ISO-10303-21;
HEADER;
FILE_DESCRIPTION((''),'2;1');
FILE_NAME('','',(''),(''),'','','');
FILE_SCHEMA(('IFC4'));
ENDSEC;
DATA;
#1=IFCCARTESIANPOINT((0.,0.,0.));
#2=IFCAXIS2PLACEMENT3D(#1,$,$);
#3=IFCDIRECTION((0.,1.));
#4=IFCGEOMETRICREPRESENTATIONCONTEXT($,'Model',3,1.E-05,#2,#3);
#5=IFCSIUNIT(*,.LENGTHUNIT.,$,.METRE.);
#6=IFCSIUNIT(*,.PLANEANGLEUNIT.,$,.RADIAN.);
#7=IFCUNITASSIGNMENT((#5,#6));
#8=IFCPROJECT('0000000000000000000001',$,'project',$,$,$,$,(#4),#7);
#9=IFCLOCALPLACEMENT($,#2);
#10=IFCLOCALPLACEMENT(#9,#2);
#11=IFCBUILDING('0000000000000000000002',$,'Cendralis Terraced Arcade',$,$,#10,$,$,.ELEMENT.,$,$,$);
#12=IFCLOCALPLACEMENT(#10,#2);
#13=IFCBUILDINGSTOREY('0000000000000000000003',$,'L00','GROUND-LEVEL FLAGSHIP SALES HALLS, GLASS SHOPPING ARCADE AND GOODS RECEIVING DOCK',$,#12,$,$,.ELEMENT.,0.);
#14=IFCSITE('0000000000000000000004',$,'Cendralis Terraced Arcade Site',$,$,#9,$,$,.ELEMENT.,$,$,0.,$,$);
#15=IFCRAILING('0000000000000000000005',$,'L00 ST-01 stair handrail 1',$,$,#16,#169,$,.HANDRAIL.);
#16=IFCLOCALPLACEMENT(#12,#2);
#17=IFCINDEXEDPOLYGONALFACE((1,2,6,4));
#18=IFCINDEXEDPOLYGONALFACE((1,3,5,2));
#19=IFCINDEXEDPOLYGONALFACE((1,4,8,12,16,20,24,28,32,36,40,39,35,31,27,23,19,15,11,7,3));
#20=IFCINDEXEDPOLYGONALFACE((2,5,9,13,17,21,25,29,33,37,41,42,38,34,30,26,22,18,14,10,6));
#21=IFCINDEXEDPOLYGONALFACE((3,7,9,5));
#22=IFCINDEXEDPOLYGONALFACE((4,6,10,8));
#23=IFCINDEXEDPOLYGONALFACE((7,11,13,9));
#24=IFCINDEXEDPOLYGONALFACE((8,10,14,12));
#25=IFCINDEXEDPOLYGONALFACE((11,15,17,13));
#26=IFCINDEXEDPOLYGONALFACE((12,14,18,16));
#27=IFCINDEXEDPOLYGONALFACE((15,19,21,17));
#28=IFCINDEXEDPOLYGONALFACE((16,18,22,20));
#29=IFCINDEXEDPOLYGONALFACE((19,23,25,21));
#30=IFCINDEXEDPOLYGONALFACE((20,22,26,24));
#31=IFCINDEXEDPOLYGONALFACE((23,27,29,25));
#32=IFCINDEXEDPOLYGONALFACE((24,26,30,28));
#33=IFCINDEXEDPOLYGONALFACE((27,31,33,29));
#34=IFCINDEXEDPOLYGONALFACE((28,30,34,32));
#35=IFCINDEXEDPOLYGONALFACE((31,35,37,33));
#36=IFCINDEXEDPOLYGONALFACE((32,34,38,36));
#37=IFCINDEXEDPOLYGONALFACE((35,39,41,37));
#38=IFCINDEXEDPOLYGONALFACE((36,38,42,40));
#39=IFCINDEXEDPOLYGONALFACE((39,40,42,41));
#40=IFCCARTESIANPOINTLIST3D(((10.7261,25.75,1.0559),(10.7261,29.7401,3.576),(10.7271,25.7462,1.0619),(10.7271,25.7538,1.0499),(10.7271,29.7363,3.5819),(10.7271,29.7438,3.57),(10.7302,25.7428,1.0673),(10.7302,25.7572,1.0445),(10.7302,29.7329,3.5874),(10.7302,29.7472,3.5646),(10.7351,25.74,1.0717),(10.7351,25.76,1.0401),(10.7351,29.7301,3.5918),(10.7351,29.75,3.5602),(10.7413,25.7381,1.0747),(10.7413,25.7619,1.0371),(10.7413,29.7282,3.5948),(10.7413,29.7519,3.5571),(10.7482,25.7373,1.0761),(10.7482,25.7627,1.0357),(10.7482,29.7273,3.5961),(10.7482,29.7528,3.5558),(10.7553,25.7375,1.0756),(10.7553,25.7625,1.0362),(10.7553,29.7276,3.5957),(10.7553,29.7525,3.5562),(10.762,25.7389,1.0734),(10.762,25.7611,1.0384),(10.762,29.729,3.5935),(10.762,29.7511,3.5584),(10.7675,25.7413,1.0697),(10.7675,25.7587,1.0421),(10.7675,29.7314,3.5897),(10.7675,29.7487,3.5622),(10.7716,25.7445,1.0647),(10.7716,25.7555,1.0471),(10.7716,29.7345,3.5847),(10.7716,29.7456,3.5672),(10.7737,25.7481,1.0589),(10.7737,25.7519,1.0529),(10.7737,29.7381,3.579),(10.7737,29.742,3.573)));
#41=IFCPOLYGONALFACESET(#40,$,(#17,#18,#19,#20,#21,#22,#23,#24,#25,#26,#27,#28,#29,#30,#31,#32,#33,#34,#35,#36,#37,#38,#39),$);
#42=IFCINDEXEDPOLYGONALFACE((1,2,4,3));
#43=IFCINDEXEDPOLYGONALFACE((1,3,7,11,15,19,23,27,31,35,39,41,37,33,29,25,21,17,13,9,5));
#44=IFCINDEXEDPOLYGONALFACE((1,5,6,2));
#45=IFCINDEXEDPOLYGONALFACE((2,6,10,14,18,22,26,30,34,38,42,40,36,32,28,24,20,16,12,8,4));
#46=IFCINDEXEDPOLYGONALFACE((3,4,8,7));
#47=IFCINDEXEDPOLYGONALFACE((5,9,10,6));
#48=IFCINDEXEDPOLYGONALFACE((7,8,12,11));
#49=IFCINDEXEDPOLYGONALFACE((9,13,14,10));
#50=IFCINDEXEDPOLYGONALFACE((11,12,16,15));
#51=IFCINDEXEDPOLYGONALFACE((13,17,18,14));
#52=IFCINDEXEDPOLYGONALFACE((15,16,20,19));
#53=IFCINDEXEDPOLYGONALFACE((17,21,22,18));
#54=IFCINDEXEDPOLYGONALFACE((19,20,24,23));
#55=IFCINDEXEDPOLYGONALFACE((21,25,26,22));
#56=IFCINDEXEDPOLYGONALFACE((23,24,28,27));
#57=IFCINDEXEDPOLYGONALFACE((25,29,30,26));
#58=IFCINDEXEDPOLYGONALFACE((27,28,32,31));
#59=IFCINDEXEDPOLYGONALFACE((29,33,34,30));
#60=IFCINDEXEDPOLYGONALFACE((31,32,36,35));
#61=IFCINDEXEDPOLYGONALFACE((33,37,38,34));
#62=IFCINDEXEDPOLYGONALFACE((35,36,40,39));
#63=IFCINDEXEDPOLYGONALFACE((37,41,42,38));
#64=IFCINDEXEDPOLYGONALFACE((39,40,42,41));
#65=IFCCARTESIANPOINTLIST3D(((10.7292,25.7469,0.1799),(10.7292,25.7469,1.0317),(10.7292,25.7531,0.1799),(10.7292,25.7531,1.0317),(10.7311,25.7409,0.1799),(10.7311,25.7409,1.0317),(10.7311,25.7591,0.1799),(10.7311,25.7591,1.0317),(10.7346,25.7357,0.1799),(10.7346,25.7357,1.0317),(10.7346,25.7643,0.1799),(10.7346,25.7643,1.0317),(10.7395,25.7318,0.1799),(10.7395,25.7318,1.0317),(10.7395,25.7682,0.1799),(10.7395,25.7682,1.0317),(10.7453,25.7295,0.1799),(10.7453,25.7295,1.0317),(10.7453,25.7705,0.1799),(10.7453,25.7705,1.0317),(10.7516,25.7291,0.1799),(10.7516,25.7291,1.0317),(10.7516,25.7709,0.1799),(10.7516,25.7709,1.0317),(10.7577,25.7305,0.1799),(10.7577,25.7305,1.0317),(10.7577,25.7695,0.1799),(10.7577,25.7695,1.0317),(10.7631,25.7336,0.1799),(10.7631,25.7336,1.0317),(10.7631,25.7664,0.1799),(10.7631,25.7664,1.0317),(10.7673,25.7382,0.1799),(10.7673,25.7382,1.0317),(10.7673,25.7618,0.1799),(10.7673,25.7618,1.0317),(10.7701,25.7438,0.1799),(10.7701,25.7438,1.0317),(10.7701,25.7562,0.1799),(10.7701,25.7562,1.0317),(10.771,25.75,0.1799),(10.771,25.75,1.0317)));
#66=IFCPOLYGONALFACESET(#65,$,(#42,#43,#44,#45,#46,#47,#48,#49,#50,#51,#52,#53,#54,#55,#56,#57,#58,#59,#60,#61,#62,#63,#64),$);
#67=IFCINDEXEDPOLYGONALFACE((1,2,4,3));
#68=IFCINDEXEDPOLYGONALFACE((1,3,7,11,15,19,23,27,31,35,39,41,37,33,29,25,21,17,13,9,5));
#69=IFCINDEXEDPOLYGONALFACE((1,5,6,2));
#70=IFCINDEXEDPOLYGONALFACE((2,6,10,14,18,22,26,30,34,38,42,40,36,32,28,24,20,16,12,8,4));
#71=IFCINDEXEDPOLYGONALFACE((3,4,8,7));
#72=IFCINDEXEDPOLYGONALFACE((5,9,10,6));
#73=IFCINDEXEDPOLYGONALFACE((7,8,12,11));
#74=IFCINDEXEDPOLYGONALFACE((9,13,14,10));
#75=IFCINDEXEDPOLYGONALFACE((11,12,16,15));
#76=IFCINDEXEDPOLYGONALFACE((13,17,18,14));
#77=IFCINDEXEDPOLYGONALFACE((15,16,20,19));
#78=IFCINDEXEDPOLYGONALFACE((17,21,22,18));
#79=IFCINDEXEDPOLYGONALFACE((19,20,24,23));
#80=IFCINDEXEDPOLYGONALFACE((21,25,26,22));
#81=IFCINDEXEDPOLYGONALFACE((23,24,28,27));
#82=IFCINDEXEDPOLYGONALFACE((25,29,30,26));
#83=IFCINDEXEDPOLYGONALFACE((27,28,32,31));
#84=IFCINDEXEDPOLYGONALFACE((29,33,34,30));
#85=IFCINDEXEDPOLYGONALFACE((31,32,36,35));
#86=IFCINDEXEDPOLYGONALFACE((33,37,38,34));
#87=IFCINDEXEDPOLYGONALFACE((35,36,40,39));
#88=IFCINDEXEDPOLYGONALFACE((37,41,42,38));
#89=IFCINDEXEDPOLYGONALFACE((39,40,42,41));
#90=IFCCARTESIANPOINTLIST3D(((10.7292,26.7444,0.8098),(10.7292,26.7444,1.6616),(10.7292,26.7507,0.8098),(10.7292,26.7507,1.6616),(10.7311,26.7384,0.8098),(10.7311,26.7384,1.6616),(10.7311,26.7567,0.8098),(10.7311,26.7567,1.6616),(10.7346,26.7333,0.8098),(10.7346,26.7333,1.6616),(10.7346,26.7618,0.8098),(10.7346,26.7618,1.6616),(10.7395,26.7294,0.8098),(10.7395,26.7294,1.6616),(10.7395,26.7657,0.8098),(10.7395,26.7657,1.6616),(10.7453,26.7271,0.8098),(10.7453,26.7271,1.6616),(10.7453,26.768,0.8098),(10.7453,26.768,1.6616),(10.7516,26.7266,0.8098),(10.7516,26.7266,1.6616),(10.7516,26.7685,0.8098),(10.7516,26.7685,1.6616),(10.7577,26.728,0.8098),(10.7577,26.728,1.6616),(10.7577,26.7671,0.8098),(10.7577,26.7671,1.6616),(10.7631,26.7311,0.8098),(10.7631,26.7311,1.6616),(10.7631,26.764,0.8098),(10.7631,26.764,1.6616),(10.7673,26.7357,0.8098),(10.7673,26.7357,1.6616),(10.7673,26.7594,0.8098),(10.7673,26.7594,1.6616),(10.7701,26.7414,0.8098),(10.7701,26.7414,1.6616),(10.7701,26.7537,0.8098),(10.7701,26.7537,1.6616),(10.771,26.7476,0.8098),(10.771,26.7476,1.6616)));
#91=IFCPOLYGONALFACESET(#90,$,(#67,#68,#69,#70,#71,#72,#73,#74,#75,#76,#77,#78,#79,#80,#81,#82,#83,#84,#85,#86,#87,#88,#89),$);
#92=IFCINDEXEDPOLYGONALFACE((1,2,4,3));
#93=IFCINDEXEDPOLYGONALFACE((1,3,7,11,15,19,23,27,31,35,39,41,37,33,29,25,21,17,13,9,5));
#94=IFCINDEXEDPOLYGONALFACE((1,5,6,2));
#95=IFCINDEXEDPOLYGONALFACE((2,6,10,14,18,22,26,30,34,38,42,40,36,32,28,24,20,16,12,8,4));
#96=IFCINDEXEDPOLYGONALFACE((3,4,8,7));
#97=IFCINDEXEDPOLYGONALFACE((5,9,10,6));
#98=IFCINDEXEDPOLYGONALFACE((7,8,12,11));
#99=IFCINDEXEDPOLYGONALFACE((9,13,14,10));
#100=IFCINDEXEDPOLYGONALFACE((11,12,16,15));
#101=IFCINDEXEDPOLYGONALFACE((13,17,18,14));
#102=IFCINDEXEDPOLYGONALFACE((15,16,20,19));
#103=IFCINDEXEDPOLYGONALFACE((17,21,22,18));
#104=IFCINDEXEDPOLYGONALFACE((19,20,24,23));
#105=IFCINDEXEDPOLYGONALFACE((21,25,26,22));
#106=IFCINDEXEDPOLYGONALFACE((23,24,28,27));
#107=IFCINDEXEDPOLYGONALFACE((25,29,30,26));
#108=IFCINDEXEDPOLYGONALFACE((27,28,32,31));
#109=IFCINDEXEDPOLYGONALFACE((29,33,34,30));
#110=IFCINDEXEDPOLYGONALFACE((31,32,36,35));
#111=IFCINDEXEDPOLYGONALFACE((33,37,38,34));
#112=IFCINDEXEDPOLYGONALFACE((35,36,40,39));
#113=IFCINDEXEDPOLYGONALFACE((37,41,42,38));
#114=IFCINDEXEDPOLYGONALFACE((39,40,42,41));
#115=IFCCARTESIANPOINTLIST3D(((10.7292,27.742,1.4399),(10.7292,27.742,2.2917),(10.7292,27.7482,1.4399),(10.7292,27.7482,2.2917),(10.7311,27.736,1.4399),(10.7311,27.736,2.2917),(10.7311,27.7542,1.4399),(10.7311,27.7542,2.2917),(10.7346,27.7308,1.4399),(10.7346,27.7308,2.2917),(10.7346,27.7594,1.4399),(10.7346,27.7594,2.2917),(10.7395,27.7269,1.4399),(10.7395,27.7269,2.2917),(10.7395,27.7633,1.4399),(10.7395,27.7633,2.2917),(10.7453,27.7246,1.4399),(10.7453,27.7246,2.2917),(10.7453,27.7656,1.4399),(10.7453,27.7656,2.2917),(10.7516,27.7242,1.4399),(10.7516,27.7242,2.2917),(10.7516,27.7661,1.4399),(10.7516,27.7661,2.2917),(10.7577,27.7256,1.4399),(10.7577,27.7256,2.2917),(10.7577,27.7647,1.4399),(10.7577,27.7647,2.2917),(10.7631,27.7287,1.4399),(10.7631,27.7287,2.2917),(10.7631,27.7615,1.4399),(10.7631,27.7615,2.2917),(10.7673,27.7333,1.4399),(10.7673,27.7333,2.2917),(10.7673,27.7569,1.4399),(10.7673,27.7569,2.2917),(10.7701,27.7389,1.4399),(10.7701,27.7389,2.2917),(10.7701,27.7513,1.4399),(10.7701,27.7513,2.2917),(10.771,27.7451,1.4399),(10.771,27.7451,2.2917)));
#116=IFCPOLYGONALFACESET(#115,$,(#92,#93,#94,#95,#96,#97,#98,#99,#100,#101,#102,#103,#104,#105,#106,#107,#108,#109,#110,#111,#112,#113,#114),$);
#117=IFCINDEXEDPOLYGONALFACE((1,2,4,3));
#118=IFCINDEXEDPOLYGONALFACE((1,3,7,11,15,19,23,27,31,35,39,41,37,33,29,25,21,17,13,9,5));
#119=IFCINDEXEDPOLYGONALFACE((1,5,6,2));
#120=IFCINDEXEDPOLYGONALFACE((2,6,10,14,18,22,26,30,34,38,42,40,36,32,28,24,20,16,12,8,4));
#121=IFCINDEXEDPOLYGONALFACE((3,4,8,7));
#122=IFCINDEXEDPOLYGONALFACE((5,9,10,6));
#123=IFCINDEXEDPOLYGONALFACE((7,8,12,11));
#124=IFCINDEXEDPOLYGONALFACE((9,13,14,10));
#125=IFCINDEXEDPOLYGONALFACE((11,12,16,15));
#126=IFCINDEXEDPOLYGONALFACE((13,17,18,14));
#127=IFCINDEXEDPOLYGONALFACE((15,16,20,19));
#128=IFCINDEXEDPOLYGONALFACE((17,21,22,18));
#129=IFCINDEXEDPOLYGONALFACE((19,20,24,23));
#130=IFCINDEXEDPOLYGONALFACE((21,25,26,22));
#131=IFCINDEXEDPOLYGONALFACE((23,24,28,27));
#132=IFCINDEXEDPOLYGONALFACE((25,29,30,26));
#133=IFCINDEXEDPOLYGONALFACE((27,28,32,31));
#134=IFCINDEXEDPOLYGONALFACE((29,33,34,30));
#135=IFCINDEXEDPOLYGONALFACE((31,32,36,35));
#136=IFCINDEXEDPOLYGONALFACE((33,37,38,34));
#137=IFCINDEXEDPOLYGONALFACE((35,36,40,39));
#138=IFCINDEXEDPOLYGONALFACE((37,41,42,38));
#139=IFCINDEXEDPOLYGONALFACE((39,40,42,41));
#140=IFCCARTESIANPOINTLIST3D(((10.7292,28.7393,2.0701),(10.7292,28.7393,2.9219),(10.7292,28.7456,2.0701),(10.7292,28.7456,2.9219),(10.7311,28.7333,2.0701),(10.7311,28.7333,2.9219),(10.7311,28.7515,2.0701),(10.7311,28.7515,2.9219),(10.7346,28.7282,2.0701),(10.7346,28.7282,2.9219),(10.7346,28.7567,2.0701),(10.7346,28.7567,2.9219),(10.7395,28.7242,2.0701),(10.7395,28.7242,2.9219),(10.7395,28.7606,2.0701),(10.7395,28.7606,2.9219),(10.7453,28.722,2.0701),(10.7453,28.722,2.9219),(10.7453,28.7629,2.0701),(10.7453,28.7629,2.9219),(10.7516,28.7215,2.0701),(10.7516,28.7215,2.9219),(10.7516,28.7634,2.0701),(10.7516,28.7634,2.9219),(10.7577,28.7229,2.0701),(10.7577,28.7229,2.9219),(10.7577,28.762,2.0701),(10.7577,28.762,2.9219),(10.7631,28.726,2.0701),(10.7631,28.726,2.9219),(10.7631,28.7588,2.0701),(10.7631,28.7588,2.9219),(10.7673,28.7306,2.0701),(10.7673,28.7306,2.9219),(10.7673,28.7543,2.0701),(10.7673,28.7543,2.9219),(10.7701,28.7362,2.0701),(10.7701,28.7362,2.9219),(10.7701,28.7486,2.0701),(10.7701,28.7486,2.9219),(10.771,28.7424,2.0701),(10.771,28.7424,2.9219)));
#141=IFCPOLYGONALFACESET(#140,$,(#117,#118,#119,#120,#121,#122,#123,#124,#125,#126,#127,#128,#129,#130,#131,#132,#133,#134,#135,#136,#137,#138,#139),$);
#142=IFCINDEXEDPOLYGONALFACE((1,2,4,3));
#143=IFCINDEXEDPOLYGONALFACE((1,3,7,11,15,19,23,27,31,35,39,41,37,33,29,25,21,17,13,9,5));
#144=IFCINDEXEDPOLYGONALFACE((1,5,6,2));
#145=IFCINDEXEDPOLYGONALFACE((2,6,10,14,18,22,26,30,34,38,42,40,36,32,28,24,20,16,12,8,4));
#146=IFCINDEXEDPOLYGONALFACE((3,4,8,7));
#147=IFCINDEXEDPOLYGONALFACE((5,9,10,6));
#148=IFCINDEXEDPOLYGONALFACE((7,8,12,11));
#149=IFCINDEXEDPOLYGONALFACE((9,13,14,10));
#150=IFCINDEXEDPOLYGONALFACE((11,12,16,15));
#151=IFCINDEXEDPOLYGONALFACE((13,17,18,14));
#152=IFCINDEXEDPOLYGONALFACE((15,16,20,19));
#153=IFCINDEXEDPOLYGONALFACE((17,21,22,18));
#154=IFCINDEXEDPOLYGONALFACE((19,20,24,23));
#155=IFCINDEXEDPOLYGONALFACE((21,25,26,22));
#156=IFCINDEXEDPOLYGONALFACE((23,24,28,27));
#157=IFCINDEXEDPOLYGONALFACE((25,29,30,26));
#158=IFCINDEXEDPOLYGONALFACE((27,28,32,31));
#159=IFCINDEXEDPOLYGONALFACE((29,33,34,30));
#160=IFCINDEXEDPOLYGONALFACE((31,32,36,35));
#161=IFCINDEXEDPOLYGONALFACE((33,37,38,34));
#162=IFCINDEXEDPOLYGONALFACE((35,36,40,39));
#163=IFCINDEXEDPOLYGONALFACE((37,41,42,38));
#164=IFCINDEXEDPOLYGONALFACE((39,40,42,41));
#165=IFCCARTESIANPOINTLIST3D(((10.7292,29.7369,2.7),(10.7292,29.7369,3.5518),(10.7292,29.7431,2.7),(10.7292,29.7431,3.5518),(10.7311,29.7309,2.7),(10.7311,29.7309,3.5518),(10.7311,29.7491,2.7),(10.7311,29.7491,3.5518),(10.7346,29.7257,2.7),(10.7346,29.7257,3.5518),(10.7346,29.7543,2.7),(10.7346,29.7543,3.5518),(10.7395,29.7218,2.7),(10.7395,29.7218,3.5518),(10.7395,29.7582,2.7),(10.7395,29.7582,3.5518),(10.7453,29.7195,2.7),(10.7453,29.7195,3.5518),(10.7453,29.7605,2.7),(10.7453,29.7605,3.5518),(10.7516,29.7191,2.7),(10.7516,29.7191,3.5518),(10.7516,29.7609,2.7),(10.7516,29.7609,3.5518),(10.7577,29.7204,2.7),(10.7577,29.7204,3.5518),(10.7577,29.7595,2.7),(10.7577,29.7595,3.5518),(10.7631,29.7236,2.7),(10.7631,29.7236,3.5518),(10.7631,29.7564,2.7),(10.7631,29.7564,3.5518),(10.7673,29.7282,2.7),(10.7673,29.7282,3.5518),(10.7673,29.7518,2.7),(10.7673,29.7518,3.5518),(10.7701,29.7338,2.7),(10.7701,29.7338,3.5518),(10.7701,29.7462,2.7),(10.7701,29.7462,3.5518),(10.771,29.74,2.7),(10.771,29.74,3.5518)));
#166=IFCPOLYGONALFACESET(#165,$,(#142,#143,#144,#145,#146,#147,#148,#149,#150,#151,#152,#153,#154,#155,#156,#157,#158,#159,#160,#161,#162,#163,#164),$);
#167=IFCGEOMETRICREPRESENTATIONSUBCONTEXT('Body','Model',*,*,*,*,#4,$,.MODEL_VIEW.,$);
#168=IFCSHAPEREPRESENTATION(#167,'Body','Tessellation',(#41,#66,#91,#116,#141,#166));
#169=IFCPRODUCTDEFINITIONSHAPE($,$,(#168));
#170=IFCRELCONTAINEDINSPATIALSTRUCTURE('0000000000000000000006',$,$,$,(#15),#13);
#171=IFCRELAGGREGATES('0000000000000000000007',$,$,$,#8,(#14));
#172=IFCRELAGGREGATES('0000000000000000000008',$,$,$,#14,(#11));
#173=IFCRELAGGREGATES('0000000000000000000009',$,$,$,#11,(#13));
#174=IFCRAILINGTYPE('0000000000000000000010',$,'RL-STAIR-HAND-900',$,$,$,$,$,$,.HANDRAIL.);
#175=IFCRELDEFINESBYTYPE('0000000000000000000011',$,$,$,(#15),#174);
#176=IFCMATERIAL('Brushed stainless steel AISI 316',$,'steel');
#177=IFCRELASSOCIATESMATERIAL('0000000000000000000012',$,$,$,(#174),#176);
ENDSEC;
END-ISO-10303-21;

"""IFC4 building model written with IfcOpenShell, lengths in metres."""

from ifc_helpers import new_model, si_unit, direction, frame, origin, origin_2d, place, context, subcontext, project, spatial, circle, extrude, material, type_object, element, save


model = new_model("IFC4")

# Units and contexts
model_context = context("Model", 3, precision=1e-05, world=origin(), true_north=direction((0.0, 1.0)))
body_context = subcontext(model_context, "Body", "Model", "MODEL_VIEW")
ifc_project = project(units=[si_unit("LENGTHUNIT", "METRE"), si_unit("PLANEANGLEUNIT", "RADIAN")], contexts=[model_context])

# Site, building, storey
site_placement = place(None, origin())
site = spatial("IfcSite", under=ifc_project, at=site_placement, Name="Cendralis Terraced Arcade Site", CompositionType="ELEMENT", RefElevation=0.0)
building_placement = place(site_placement, origin())
building = spatial("IfcBuilding", under=site, at=building_placement, Name="Cendralis Terraced Arcade", CompositionType="ELEMENT")
storey_placement = place(building_placement, origin())
storey = spatial("IfcBuildingStorey", under=building, at=storey_placement, Name="L00", Description="GROUND-LEVEL FLAGSHIP SALES HALLS, GLASS SHOPPING ARCADE AND GOODS RECEIVING DOCK", CompositionType="ELEMENT", Elevation=0.0)

# Railing
ifc_material_1 = material(Name="Brushed stainless steel AISI 316", Category="steel")
railing_type_1 = type_object("IfcRailingType", Name="RL-STAIR-HAND-900", PredefinedType="HANDRAIL", material=ifc_material_1)
railing_1_placement = place(storey_placement, frame((10.75, 25.75, 0.1799)))
element("IfcRailing", 1, at=railing_1_placement, inside=storey, type_object=railing_type_1, Name="L00 ST-01 stair handrail 1", PredefinedType="HANDRAIL", context=body_context, shape_type="SweptSolid", body=[
    extrude(circle(Radius=0.0239, at=origin_2d()), frame((0.0, 0.0, 0.876), z_axis=(0.0, 0.845486, 0.533997), x_axis=(-1.0, 0.0, 0.0)), (0.0, 0.0, 1.0), 4.7192),
    extrude(circle(Radius=0.021, at=origin_2d()), origin(), (0.0, 0.0, 1.0), 0.8518),
    extrude(circle(Radius=0.021, at=origin_2d()), frame((0.0, 0.9976, 0.6299)), (0.0, 0.0, 1.0), 0.8518),
    extrude(circle(Radius=0.021, at=origin_2d()), frame((0.0, 1.9951, 1.26)), (0.0, 0.0, 1.0), 0.8518),
    extrude(circle(Radius=0.021, at=origin_2d()), frame((0.0, 2.9924, 1.8901)), (0.0, 0.0, 1.0), 0.8518),
    extrude(circle(Radius=0.021, at=origin_2d()), frame((0.0, 3.99, 2.52)), (0.0, 0.0, 1.0), 0.8518),
])

save(model, "model.ifc")
